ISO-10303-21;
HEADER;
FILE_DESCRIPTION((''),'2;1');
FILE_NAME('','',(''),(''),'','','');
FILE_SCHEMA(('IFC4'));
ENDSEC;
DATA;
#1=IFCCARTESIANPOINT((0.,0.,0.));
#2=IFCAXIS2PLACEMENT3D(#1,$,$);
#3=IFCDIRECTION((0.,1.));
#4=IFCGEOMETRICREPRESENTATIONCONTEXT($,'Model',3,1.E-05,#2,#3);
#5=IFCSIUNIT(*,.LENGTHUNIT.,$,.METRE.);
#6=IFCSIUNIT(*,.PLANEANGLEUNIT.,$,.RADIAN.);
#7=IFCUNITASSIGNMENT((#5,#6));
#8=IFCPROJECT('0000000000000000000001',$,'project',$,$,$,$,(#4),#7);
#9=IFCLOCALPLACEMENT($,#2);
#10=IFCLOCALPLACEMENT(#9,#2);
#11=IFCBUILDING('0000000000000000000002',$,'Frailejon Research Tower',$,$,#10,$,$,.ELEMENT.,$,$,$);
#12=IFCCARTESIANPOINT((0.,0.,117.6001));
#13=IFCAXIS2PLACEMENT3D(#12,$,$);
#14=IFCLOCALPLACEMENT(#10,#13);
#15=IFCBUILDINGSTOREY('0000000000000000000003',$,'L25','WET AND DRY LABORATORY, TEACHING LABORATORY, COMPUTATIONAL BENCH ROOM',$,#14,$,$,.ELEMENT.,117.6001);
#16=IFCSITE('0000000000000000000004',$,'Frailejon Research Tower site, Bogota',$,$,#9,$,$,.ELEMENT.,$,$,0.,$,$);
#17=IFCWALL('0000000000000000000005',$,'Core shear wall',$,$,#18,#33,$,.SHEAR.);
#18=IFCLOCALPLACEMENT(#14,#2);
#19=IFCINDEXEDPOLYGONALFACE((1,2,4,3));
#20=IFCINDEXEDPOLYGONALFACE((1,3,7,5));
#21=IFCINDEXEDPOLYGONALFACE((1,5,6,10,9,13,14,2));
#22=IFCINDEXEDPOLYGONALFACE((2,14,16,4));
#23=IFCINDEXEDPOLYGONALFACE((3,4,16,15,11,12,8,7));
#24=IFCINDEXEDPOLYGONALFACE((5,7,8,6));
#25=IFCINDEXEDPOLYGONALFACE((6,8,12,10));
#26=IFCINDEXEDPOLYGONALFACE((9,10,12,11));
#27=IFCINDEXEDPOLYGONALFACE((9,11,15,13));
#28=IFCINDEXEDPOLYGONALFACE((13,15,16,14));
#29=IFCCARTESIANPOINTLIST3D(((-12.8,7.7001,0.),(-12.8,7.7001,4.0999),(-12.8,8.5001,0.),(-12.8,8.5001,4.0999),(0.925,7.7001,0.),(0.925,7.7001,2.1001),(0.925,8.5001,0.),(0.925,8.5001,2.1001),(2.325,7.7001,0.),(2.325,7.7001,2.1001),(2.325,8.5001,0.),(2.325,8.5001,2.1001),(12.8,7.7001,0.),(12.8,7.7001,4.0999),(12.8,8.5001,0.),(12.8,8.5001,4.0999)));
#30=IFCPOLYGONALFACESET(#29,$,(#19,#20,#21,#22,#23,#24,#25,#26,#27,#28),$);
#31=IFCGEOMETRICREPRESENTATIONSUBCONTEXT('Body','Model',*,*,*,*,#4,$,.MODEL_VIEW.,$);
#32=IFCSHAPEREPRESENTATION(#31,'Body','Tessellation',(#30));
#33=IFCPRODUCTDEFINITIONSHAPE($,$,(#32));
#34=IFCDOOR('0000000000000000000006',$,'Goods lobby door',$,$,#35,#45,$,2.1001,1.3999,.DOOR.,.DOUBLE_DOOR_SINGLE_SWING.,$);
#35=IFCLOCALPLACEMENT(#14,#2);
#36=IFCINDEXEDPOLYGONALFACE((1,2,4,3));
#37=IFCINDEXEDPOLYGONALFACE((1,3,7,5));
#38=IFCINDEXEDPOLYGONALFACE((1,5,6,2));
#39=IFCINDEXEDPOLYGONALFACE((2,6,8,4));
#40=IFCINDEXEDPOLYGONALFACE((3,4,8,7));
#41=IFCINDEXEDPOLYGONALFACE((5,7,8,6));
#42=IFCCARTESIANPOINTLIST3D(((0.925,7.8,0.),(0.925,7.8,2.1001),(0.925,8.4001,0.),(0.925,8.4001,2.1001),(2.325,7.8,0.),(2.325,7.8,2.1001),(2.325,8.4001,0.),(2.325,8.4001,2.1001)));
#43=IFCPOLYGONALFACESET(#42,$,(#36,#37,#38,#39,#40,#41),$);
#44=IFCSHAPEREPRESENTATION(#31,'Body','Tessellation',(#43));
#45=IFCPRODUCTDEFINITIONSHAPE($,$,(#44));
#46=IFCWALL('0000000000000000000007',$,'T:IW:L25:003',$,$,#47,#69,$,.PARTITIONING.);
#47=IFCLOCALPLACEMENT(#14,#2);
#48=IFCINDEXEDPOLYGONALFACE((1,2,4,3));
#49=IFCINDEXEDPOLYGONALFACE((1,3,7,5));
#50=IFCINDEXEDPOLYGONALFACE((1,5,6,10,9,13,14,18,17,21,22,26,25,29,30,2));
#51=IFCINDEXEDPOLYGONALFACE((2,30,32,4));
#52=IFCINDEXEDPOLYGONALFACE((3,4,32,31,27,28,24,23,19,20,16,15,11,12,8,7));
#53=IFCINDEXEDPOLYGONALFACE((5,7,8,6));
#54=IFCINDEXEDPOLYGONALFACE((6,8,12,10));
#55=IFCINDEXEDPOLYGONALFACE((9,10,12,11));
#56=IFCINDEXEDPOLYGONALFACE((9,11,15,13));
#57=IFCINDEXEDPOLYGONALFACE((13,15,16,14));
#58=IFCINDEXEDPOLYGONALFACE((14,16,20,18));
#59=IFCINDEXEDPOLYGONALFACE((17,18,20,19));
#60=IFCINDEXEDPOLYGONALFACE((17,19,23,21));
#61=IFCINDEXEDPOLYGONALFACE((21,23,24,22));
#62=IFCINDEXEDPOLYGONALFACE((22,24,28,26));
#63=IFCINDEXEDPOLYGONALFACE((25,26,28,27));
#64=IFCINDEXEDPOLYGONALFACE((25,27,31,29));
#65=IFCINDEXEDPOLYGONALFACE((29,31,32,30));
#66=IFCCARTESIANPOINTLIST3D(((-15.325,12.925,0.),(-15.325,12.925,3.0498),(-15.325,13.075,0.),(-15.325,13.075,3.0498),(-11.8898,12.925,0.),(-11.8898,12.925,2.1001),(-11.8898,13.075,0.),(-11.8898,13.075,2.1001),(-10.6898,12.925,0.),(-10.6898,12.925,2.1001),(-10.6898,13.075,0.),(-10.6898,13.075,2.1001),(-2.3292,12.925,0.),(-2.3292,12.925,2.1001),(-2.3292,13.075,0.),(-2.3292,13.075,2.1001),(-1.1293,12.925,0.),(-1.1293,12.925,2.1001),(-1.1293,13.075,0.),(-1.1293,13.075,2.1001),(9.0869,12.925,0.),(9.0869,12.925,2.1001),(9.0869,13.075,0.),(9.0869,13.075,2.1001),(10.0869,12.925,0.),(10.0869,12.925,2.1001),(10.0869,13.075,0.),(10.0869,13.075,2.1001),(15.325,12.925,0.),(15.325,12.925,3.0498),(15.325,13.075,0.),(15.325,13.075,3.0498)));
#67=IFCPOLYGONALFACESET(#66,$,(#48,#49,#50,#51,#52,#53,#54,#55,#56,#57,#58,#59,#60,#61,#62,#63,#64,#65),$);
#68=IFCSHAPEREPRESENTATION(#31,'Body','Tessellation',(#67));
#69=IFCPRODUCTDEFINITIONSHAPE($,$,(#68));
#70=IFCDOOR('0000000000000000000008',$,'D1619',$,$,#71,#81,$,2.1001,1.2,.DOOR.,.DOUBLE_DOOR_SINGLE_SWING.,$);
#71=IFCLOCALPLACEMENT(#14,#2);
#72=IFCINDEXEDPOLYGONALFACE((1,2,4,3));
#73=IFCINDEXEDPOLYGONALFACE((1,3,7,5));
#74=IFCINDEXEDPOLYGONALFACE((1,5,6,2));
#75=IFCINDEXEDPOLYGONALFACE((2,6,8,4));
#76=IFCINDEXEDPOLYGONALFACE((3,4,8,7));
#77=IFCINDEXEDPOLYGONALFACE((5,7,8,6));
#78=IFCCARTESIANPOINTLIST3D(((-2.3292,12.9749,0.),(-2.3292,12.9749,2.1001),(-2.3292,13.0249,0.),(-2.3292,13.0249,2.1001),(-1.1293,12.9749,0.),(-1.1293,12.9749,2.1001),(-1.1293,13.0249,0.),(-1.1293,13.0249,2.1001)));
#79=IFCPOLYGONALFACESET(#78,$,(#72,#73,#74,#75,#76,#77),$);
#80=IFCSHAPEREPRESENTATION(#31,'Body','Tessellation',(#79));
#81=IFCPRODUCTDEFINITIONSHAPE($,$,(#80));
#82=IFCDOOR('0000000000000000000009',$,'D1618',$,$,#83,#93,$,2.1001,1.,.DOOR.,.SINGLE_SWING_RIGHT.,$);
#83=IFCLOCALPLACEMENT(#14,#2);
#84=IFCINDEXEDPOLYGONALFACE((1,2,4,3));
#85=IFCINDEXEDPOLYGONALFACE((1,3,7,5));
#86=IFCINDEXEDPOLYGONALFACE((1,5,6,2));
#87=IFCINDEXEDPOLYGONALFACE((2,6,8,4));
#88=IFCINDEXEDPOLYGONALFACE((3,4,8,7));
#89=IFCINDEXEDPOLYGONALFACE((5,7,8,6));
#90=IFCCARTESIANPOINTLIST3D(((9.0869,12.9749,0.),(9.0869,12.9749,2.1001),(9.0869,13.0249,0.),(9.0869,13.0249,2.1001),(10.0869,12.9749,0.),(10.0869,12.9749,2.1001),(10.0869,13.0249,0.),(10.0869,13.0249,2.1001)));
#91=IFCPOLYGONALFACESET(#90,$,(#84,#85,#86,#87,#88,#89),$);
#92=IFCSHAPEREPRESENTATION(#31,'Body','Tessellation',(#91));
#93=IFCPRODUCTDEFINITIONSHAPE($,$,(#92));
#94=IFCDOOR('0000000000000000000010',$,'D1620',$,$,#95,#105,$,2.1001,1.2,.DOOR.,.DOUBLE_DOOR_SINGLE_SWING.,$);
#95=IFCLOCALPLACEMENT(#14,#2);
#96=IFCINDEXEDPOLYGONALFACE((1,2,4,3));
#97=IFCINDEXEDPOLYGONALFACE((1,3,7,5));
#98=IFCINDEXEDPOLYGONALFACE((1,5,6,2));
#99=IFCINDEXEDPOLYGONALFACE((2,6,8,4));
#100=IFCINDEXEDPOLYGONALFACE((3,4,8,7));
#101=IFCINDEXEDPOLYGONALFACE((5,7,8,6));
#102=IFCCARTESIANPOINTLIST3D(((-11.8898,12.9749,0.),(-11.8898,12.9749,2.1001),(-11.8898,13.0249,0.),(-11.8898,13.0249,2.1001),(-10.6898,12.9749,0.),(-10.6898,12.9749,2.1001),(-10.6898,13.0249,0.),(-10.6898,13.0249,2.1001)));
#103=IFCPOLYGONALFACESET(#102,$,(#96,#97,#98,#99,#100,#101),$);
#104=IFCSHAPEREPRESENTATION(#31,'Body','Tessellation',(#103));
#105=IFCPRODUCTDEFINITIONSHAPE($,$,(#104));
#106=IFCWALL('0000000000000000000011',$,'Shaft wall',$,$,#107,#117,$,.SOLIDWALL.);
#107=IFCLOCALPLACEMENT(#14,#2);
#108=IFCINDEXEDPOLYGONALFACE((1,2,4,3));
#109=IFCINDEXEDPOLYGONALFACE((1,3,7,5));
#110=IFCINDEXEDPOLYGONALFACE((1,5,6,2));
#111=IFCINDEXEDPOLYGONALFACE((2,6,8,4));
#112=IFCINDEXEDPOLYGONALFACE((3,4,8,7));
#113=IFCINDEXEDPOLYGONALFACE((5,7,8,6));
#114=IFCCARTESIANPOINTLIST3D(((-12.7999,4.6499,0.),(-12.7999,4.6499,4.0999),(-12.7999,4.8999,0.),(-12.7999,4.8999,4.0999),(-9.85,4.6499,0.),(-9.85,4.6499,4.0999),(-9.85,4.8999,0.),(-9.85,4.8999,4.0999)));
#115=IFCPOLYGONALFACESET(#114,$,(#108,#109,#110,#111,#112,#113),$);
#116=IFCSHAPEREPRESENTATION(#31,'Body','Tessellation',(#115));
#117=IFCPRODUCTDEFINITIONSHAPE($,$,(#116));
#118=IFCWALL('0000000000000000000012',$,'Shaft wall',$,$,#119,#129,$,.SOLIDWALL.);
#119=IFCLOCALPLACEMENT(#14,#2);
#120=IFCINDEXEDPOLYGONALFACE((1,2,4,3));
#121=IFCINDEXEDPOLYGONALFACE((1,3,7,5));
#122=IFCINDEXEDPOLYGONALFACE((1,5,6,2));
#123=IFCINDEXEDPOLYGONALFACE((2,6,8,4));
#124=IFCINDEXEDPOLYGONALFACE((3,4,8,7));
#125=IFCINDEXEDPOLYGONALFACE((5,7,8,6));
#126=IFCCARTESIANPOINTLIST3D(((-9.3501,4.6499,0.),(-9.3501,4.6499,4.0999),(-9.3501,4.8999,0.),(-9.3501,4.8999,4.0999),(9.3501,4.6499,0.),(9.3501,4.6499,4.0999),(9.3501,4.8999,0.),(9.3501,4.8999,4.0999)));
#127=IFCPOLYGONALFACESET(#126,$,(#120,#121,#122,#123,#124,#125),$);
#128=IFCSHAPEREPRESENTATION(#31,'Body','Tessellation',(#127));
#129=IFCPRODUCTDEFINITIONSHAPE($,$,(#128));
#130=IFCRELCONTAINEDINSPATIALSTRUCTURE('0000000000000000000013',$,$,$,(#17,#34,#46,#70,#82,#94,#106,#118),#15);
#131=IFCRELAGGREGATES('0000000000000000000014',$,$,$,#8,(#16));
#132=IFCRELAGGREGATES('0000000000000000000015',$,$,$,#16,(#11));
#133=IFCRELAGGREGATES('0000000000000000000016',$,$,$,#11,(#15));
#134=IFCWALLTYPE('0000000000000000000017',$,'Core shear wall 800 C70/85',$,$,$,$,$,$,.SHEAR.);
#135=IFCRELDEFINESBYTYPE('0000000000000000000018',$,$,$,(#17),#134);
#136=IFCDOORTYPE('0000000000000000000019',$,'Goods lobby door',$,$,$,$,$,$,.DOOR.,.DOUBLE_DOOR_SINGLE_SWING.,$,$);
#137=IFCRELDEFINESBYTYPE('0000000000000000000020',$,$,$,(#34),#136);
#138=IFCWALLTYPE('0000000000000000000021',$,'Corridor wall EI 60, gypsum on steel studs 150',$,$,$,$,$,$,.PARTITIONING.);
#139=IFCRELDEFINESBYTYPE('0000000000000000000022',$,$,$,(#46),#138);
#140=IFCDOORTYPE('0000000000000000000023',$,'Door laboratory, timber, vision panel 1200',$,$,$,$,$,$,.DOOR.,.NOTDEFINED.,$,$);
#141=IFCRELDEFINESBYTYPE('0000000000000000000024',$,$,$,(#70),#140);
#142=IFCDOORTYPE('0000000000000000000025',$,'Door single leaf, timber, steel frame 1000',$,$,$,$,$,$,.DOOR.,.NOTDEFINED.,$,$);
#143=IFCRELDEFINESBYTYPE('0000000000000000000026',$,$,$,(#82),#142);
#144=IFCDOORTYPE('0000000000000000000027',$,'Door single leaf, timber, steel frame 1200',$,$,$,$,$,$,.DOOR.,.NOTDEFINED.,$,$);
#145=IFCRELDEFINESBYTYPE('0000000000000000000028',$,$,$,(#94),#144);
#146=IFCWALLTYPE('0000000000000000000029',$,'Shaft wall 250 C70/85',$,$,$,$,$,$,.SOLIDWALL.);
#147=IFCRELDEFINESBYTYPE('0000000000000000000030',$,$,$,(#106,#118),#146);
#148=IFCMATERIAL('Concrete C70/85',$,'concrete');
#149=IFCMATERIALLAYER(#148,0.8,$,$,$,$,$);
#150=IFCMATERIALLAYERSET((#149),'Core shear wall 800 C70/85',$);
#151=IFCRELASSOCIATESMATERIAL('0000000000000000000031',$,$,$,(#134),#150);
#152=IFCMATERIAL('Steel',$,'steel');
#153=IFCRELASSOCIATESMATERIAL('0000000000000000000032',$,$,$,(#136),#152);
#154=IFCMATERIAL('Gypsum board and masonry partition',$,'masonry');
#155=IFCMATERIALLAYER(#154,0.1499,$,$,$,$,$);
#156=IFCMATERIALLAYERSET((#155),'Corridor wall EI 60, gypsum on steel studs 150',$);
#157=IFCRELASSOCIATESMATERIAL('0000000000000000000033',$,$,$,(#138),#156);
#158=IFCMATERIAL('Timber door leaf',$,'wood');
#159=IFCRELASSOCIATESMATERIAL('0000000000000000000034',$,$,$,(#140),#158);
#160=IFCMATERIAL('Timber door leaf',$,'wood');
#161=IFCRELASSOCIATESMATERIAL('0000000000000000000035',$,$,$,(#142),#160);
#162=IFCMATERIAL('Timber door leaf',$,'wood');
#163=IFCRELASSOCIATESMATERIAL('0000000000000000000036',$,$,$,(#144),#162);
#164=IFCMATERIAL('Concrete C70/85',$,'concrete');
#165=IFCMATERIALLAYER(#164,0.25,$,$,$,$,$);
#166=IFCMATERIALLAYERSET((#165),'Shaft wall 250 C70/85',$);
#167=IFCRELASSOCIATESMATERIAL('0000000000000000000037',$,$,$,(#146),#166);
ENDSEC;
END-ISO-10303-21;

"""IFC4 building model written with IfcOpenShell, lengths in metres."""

from ifc_helpers import new_model, si_unit, direction, frame, frame_2d, origin, place, context, subcontext, project, spatial, rectangle, extrude, material, layer, layer_set, type_object, element, fill, save


model = new_model("IFC4")

# Units and contexts
model_context = context("Model", 3, precision=1e-05, world=origin(), true_north=direction((0.0, 1.0)))
body_context = subcontext(model_context, "Body", "Model", "MODEL_VIEW")
ifc_project = project(units=[si_unit("LENGTHUNIT", "METRE"), si_unit("PLANEANGLEUNIT", "RADIAN")], contexts=[model_context])

# Site, building, storey
site_placement = place(None, origin())
site = spatial("IfcSite", under=ifc_project, at=site_placement, Name="Frailejon Research Tower site, Bogota", CompositionType="ELEMENT", RefElevation=0.0)
building_placement = place(site_placement, origin())
building = spatial("IfcBuilding", under=site, at=building_placement, Name="Frailejon Research Tower", CompositionType="ELEMENT")
storey_placement = place(building_placement, frame((0.0, 0.0, 117.6001)))
storey = spatial("IfcBuildingStorey", under=building, at=storey_placement, Name="L25", Description="WET AND DRY LABORATORY, TEACHING LABORATORY, COMPUTATIONAL BENCH ROOM", CompositionType="ELEMENT", Elevation=117.6001)

# Shared definitions
ifc_material_1 = material(Name="Concrete C70/85", Category="concrete")
ifc_layer_1 = layer(ifc_material_1, 0.8)
ifc_layer_set_1 = layer_set([ifc_layer_1], Name="Core shear wall 800 C70/85")
wall_type_1 = type_object("IfcWallType", Name="Core shear wall 800 C70/85", PredefinedType="SHEAR", material=ifc_layer_set_1)
ifc_material_2 = material(Name="Steel", Category="steel")
door_type_1 = type_object("IfcDoorType", Name="Goods lobby door", OperationType="DOUBLE_DOOR_SINGLE_SWING", PredefinedType="DOOR", material=ifc_material_2)

# Wall, opening, door
wall_1_placement = place(storey_placement, frame((-12.8, 8.1001, 0.0), z_axis=(0.0, 0.0, 1.0), x_axis=(1.0, 0.0, 0.0)))
wall_1 = element("IfcWall", 1, at=wall_1_placement, inside=storey, type_object=wall_type_1, Name="Core shear wall", PredefinedType="SHEAR", context=body_context, shape_type="SweptSolid", body=[
    extrude(rectangle(XDim=25.6001, YDim=0.8, at=frame_2d((12.8, 0.0))), origin(), (0.0, 0.0, 1.0), 4.0999),
])
opening_1_placement = place(wall_1_placement, frame((13.7251, 0.0, 0.0)))
opening_1 = element("IfcOpeningElement", 2, at=opening_1_placement, cuts=wall_1, PredefinedType="OPENING", context=body_context, shape_type="SweptSolid", body=[
    extrude(rectangle(XDim=1.3999, YDim=2.1001, at=frame_2d((0.7, 1.05))), frame((0.0, 0.4099, 0.0), z_axis=(0.0, -1.0, 0.0), x_axis=(1.0, 0.0, 0.0)), (0.0, 0.0, 1.0), 0.8201),
])
door_1_placement = place(opening_1_placement, origin())
door_1 = element("IfcDoor", 3, at=door_1_placement, inside=storey, type_object=door_type_1, Name="Goods lobby door", OperationType="DOUBLE_DOOR_SINGLE_SWING", OverallHeight=2.1001, OverallWidth=1.3999, PredefinedType="DOOR", context=body_context, shape_type="SweptSolid", body=[
    extrude(rectangle(XDim=1.3999, YDim=2.1001, at=frame_2d((0.7, 1.05))), frame((0.0, 0.3, 0.0), z_axis=(0.0, -1.0, 0.0), x_axis=(1.0, 0.0, 0.0)), (0.0, 0.0, 1.0), 0.6001),
])
fill(opening_1, door_1)

# Wall, openings, doors
ifc_material_3 = material(Name="Gypsum board and masonry partition", Category="masonry")
ifc_layer_2 = layer(ifc_material_3, 0.1499)
ifc_layer_set_2 = layer_set([ifc_layer_2], Name="Corridor wall EI 60, gypsum on steel studs 150")
wall_type_2 = type_object("IfcWallType", Name="Corridor wall EI 60, gypsum on steel studs 150", PredefinedType="PARTITIONING", material=ifc_layer_set_2)
wall_2_placement = place(storey_placement, frame((-15.325, 13.0, 0.0), z_axis=(0.0, 0.0, 1.0), x_axis=(1.0, 0.0, 0.0)))
wall_2 = element("IfcWall", 4, at=wall_2_placement, inside=storey, type_object=wall_type_2, Name="T:IW:L25:003", PredefinedType="PARTITIONING", context=body_context, shape_type="SweptSolid", body=[
    extrude(rectangle(XDim=30.6499, YDim=0.1499, at=frame_2d((15.325, 0.0))), origin(), (0.0, 0.0, 1.0), 3.0498),
])
opening_2_placement = place(wall_2_placement, frame((24.4119, 0.0, 0.0)))
opening_2 = element("IfcOpeningElement", 5, at=opening_2_placement, cuts=wall_2, PredefinedType="OPENING", context=body_context, shape_type="SweptSolid", body=[
    extrude(rectangle(XDim=1.0, YDim=2.1001, at=frame_2d((0.5, 1.05))), frame((0.0, 0.085, 0.0), z_axis=(0.0, -1.0, 0.0), x_axis=(1.0, 0.0, 0.0)), (0.0, 0.0, 1.0), 0.1699),
])
opening_3_placement = place(wall_2_placement, frame((12.9956, 0.0, 0.0)))
opening_3 = element("IfcOpeningElement", 6, at=opening_3_placement, cuts=wall_2, PredefinedType="OPENING", context=body_context, shape_type="SweptSolid", body=[
    extrude(rectangle(XDim=1.2, YDim=2.1001, at=frame_2d((0.6001, 1.05))), frame((0.0, 0.085, 0.0), z_axis=(0.0, -1.0, 0.0), x_axis=(1.0, 0.0, 0.0)), (0.0, 0.0, 1.0), 0.1699),
])
opening_4_placement = place(wall_2_placement, frame((3.4351, 0.0, 0.0)))
opening_4 = element("IfcOpeningElement", 7, at=opening_4_placement, cuts=wall_2, PredefinedType="OPENING", context=body_context, shape_type="SweptSolid", body=[
    extrude(rectangle(XDim=1.2, YDim=2.1001, at=frame_2d((0.6001, 1.05))), frame((0.0, 0.085, 0.0), z_axis=(0.0, -1.0, 0.0), x_axis=(1.0, 0.0, 0.0)), (0.0, 0.0, 1.0), 0.1699),
])
ifc_material_4 = material(Name="Timber door leaf", Category="wood")
door_type_2 = type_object("IfcDoorType", Name="Door laboratory, timber, vision panel 1200", OperationType="NOTDEFINED", PredefinedType="DOOR", material=ifc_material_4)
door_2_placement = place(opening_3_placement, origin())
door_2 = element("IfcDoor", 8, at=door_2_placement, inside=storey, type_object=door_type_2, Name="D1619", OperationType="DOUBLE_DOOR_SINGLE_SWING", OverallHeight=2.1001, OverallWidth=1.2, PredefinedType="DOOR", context=body_context, shape_type="SweptSolid", body=[
    extrude(rectangle(XDim=1.2, YDim=2.1001, at=frame_2d((0.6001, 1.05))), frame((0.0, 0.0249, 0.0), z_axis=(0.0, -1.0, 0.0), x_axis=(1.0, 0.0, 0.0)), (0.0, 0.0, 1.0), 0.05),
])
fill(opening_3, door_2)
ifc_material_5 = material(Name="Timber door leaf", Category="wood")
door_type_3 = type_object("IfcDoorType", Name="Door single leaf, timber, steel frame 1000", OperationType="NOTDEFINED", PredefinedType="DOOR", material=ifc_material_5)
door_3_placement = place(opening_2_placement, origin())
door_3 = element("IfcDoor", 9, at=door_3_placement, inside=storey, type_object=door_type_3, Name="D1618", OperationType="SINGLE_SWING_RIGHT", OverallHeight=2.1001, OverallWidth=1.0, PredefinedType="DOOR", context=body_context, shape_type="SweptSolid", body=[
    extrude(rectangle(XDim=1.0, YDim=2.1001, at=frame_2d((0.5, 1.05))), frame((0.0, 0.0249, 0.0), z_axis=(0.0, -1.0, 0.0), x_axis=(1.0, 0.0, 0.0)), (0.0, 0.0, 1.0), 0.05),
])
fill(opening_2, door_3)
ifc_material_6 = material(Name="Timber door leaf", Category="wood")
door_type_4 = type_object("IfcDoorType", Name="Door single leaf, timber, steel frame 1200", OperationType="NOTDEFINED", PredefinedType="DOOR", material=ifc_material_6)
door_4_placement = place(opening_4_placement, origin())
door_4 = element("IfcDoor", 10, at=door_4_placement, inside=storey, type_object=door_type_4, Name="D1620", OperationType="DOUBLE_DOOR_SINGLE_SWING", OverallHeight=2.1001, OverallWidth=1.2, PredefinedType="DOOR", context=body_context, shape_type="SweptSolid", body=[
    extrude(rectangle(XDim=1.2, YDim=2.1001, at=frame_2d((0.6001, 1.05))), frame((0.0, 0.0249, 0.0), z_axis=(0.0, -1.0, 0.0), x_axis=(1.0, 0.0, 0.0)), (0.0, 0.0, 1.0), 0.05),
])
fill(opening_4, door_4)

# Walls
ifc_material_7 = material(Name="Concrete C70/85", Category="concrete")
ifc_layer_3 = layer(ifc_material_7, 0.25)
ifc_layer_set_3 = layer_set([ifc_layer_3], Name="Shaft wall 250 C70/85")
wall_type_3 = type_object("IfcWallType", Name="Shaft wall 250 C70/85", PredefinedType="SOLIDWALL", material=ifc_layer_set_3)
wall_3_placement = place(storey_placement, frame((-12.8, 4.7749, 0.0), z_axis=(0.0, 0.0, 1.0), x_axis=(1.0, 0.0, 0.0)))
element("IfcWall", 11, at=wall_3_placement, inside=storey, type_object=wall_type_3, Name="Shaft wall", PredefinedType="SOLIDWALL", context=body_context, shape_type="SweptSolid", body=[
    extrude(rectangle(XDim=2.95, YDim=0.25, at=frame_2d((1.4751, 0.0))), origin(), (0.0, 0.0, 1.0), 4.0999),
])
wall_4_placement = place(storey_placement, frame((-9.3501, 4.7749, 0.0), z_axis=(0.0, 0.0, 1.0), x_axis=(1.0, 0.0, 0.0)))
element("IfcWall", 12, at=wall_4_placement, inside=storey, type_object=wall_type_3, Name="Shaft wall", PredefinedType="SOLIDWALL", context=body_context, shape_type="SweptSolid", body=[
    extrude(rectangle(XDim=18.7002, YDim=0.25, at=frame_2d((9.3501, 0.0))), origin(), (0.0, 0.0, 1.0), 4.0999),
])

save(model, "model.ifc")
